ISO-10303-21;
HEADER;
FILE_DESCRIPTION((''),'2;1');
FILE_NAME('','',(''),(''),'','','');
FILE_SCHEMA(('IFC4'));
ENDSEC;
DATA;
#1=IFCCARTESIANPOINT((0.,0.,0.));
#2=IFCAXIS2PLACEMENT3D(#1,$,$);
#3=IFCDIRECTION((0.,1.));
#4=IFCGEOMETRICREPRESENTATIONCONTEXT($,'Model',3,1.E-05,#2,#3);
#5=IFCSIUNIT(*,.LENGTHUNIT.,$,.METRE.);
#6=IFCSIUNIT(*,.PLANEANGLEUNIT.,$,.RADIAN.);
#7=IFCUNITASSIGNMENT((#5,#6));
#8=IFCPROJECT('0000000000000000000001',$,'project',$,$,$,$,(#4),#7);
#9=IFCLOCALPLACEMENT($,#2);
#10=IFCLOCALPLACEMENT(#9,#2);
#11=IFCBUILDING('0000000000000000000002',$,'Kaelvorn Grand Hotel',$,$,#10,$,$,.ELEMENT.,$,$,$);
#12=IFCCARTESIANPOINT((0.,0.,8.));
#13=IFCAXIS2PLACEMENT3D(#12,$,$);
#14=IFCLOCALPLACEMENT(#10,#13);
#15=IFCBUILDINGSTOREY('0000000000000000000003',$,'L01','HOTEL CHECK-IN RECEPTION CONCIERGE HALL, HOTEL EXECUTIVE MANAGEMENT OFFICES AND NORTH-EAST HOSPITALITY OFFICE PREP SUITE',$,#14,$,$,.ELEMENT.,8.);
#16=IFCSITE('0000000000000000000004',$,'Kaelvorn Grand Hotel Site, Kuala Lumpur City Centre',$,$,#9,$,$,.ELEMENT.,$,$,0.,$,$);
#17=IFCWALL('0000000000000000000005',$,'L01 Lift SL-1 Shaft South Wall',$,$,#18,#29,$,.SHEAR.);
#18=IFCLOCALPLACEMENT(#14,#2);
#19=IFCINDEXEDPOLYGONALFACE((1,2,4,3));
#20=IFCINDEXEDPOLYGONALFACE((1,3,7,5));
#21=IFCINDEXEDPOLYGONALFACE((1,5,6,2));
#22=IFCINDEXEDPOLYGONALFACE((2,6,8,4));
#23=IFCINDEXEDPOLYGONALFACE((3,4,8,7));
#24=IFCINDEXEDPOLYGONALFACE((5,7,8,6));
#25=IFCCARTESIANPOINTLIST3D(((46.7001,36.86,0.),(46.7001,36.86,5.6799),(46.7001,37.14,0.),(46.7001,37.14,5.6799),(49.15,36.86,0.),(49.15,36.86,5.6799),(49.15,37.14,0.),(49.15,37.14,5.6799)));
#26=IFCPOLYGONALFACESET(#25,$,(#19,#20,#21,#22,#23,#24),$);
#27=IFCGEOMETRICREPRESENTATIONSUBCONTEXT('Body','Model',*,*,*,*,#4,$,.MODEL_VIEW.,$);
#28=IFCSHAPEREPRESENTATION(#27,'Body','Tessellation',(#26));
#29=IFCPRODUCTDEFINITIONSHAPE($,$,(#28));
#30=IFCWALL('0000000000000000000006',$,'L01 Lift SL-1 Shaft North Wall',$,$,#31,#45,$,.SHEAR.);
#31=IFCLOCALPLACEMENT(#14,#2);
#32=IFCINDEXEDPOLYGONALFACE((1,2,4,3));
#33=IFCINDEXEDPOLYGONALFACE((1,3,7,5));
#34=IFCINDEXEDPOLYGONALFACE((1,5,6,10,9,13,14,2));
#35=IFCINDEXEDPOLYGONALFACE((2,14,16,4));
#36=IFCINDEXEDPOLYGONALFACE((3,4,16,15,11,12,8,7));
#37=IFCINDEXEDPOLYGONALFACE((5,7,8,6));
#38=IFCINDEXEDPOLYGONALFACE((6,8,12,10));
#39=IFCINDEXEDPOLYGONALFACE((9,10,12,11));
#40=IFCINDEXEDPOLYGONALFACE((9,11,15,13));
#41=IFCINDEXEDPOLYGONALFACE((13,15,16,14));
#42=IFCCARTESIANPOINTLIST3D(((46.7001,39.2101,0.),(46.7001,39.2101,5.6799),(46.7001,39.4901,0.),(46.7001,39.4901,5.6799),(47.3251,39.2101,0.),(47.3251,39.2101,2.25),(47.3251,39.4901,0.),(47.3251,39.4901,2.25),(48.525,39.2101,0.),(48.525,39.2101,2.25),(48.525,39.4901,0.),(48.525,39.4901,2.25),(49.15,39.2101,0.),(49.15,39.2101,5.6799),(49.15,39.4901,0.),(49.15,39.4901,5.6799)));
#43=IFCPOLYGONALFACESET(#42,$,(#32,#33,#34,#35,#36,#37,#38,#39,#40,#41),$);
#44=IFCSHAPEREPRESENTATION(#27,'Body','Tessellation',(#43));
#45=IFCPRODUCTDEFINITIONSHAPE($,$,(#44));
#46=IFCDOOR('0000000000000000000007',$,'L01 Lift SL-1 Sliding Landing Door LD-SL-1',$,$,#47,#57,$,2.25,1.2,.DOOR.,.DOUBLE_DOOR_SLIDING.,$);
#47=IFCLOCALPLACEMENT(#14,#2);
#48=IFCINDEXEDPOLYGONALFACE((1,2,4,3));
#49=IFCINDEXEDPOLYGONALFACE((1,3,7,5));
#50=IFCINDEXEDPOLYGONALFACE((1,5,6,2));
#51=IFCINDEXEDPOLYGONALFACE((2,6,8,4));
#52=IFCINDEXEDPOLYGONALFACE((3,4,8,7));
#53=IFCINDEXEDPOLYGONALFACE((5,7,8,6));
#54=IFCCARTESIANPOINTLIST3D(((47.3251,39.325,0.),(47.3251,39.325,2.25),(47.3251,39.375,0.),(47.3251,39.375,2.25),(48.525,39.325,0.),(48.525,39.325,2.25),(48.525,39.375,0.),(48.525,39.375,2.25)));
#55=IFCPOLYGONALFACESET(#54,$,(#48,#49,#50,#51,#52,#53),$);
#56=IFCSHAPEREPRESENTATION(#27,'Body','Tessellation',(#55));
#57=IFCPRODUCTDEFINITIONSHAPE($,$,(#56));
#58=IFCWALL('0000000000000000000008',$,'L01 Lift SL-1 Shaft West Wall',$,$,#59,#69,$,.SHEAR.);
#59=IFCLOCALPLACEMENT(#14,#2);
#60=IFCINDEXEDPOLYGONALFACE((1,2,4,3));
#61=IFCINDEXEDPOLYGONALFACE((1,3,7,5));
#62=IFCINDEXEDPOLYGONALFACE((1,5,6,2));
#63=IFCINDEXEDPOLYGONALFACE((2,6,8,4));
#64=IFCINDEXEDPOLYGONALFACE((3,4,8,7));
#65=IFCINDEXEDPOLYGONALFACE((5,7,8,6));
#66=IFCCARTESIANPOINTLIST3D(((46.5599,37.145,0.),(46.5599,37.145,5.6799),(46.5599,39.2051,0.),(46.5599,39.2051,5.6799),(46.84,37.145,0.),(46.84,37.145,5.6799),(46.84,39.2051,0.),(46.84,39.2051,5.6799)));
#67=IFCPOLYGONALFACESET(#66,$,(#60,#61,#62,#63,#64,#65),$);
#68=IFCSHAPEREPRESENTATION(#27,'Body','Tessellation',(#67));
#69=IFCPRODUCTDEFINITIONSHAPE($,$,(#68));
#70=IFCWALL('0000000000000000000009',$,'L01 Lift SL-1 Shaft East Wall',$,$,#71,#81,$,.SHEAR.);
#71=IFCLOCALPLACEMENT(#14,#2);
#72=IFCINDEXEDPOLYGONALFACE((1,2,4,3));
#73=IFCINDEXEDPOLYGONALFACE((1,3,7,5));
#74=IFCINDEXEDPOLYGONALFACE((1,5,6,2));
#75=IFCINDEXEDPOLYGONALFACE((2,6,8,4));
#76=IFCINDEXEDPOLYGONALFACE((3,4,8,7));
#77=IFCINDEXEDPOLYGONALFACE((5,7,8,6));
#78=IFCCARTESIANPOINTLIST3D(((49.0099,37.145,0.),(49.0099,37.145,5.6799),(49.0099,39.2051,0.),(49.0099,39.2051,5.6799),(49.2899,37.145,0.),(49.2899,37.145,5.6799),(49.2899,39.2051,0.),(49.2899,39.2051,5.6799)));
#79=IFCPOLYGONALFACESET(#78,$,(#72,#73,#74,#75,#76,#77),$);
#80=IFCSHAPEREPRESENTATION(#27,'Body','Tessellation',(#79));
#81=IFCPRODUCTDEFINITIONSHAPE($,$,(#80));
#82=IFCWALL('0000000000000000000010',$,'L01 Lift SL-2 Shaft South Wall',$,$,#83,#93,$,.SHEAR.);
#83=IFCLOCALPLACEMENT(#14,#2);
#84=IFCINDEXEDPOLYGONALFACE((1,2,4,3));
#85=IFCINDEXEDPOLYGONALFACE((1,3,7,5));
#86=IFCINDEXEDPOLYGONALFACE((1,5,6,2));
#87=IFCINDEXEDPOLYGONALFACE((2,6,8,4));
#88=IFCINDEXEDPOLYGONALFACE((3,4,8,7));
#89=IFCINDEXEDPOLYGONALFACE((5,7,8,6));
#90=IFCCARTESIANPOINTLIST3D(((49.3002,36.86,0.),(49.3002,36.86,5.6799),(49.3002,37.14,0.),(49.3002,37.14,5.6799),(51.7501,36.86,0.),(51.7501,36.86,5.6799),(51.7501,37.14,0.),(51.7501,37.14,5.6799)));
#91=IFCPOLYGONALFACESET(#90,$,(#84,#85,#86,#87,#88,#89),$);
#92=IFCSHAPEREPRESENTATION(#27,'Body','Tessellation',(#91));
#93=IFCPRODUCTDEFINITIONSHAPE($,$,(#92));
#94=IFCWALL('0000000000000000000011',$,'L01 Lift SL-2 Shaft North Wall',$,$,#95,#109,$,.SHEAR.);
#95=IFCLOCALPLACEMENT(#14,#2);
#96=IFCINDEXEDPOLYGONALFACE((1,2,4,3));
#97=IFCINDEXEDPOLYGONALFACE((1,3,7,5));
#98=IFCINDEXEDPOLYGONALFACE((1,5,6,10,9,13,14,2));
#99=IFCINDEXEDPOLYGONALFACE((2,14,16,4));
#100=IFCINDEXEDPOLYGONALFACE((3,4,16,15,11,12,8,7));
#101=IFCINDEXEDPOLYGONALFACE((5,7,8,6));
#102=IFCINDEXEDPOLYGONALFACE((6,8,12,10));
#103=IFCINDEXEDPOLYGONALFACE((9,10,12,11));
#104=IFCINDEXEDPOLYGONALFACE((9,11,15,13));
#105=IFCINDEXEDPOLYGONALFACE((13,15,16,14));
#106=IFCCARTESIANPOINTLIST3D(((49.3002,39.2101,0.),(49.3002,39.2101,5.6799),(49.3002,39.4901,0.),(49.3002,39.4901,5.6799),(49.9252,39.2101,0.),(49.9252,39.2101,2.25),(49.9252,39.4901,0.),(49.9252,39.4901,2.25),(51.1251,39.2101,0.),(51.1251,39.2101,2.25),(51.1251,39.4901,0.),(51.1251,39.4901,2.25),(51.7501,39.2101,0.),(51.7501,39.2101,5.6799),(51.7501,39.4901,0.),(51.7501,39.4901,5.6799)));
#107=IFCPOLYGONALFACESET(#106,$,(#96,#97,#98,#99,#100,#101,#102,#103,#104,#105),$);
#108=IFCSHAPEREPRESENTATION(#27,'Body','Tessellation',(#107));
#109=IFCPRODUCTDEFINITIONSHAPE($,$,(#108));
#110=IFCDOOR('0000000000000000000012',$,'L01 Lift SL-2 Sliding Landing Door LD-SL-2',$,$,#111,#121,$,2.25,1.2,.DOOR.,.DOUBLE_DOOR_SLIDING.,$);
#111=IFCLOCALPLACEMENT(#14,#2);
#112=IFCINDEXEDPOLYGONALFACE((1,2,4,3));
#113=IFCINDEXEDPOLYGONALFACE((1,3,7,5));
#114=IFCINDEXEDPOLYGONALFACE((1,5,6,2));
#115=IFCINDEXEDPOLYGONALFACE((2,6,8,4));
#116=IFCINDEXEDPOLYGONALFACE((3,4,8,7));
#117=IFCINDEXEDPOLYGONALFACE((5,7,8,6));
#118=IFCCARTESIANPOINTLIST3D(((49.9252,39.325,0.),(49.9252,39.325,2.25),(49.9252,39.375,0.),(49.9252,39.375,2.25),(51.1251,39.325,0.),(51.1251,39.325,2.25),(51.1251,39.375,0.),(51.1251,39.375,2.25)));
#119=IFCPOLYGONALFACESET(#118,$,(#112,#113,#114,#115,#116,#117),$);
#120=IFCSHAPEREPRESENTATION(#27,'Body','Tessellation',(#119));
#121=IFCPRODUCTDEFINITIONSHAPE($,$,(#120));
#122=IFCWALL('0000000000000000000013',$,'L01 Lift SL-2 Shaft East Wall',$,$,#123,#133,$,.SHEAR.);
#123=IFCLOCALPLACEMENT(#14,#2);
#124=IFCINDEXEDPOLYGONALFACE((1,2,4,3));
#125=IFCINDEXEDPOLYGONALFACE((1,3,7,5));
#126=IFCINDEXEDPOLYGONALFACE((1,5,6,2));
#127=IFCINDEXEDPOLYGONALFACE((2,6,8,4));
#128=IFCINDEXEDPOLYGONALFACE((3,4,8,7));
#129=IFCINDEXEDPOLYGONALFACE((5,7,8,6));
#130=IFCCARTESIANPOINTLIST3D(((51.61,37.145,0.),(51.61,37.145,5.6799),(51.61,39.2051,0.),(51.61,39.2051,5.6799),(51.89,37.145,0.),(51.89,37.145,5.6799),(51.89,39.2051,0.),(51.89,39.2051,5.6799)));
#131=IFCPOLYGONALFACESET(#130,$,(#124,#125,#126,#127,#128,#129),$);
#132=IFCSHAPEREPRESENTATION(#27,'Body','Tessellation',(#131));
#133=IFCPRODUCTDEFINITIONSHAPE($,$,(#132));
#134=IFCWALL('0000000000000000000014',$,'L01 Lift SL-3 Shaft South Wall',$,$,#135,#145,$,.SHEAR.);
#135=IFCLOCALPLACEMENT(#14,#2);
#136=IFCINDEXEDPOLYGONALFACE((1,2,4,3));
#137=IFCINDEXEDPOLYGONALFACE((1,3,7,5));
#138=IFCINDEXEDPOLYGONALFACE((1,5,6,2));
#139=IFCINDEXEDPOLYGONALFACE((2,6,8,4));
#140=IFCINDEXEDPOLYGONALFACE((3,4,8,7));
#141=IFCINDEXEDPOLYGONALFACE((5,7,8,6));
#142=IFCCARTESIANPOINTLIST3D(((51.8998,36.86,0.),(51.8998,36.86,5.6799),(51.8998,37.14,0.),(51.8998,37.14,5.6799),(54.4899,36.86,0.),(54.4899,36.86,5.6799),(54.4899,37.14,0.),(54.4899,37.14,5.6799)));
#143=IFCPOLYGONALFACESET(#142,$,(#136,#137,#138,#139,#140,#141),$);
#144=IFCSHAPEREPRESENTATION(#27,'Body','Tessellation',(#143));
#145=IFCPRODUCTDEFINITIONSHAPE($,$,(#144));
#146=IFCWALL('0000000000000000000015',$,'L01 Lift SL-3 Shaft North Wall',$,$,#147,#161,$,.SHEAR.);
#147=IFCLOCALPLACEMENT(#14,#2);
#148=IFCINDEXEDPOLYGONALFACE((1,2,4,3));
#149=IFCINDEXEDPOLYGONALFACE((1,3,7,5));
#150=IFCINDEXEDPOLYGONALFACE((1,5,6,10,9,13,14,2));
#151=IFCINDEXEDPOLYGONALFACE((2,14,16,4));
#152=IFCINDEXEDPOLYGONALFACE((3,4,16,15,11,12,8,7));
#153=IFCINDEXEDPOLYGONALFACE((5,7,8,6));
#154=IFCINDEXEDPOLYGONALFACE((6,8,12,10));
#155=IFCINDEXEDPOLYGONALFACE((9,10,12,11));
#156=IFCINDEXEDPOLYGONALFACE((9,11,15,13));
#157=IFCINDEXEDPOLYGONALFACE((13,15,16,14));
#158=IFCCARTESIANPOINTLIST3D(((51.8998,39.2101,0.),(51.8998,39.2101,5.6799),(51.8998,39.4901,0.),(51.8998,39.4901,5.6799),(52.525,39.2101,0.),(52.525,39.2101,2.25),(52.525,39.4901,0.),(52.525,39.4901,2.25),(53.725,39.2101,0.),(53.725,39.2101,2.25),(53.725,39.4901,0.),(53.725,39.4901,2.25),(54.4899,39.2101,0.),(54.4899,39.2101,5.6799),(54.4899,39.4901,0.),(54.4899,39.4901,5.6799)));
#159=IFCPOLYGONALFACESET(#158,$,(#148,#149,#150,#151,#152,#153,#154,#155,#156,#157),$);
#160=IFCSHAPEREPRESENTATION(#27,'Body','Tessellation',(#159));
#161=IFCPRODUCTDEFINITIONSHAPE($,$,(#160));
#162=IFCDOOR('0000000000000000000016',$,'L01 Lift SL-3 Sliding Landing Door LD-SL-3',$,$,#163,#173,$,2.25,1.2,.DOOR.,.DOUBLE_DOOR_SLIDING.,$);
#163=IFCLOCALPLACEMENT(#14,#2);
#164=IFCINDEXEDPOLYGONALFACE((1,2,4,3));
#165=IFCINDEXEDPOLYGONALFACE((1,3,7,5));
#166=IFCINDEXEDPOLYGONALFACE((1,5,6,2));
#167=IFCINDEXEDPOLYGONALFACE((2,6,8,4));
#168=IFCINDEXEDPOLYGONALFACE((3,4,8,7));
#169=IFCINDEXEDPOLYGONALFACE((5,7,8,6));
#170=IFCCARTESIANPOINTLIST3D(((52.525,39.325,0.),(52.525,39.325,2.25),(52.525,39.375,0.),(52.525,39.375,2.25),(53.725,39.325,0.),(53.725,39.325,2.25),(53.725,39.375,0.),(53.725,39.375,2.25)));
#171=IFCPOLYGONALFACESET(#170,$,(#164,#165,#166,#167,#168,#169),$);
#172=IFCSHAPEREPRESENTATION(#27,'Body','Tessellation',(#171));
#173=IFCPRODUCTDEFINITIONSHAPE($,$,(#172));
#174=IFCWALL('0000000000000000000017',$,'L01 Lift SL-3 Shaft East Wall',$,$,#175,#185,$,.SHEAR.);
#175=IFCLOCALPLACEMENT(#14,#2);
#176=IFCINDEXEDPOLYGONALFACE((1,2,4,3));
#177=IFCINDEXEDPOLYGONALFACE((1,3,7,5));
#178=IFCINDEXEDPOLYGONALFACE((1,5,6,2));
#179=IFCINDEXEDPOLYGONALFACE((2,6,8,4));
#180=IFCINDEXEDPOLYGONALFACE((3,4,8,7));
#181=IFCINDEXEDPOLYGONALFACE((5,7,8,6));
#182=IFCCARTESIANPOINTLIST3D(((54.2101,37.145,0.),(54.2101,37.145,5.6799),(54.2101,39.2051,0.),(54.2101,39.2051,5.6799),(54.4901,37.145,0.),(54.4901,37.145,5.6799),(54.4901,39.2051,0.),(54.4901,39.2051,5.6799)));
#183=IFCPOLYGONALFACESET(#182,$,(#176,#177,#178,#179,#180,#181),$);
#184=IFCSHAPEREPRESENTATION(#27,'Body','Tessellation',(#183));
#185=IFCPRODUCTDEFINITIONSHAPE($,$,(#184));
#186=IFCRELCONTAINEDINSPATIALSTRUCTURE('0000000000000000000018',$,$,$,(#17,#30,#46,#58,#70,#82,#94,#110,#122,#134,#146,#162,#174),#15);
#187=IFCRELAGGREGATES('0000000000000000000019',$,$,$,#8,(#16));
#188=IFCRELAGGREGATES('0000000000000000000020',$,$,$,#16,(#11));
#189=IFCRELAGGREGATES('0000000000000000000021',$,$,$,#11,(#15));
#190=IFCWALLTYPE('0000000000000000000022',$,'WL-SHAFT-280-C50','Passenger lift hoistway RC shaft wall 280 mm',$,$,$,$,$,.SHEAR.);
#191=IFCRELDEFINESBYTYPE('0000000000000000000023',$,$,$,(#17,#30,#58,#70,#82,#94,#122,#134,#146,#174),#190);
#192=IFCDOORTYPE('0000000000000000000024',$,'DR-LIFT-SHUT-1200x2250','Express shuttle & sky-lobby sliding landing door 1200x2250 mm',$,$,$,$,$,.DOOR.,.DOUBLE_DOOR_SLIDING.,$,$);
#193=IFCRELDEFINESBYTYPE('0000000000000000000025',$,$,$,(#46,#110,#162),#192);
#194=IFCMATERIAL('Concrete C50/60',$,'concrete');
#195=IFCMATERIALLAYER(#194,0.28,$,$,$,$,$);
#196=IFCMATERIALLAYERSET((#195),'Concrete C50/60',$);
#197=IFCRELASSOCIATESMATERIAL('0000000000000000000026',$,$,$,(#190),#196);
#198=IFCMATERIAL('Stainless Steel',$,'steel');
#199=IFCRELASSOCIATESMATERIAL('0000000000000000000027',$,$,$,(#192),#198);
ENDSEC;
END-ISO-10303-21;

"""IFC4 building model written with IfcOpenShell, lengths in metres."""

from ifc_helpers import new_model, si_unit, direction, frame, frame_2d, origin, place, context, subcontext, project, spatial, rectangle, extrude, material, layer, layer_set, type_object, element, fill, save


model = new_model("IFC4")

# Units and contexts
model_context = context("Model", 3, precision=1e-05, world=origin(), true_north=direction((0.0, 1.0)))
body_context = subcontext(model_context, "Body", "Model", "MODEL_VIEW")
ifc_project = project(units=[si_unit("LENGTHUNIT", "METRE"), si_unit("PLANEANGLEUNIT", "RADIAN")], contexts=[model_context])

# Site, building, storey
site_placement = place(None, origin())
site = spatial("IfcSite", under=ifc_project, at=site_placement, Name="Kaelvorn Grand Hotel Site, Kuala Lumpur City Centre", CompositionType="ELEMENT", RefElevation=0.0)
building_placement = place(site_placement, origin())
building = spatial("IfcBuilding", under=site, at=building_placement, Name="Kaelvorn Grand Hotel", CompositionType="ELEMENT")
storey_placement = place(building_placement, frame((0.0, 0.0, 8.0)))
storey = spatial("IfcBuildingStorey", under=building, at=storey_placement, Name="L01", Description="HOTEL CHECK-IN RECEPTION CONCIERGE HALL, HOTEL EXECUTIVE MANAGEMENT OFFICES AND NORTH-EAST HOSPITALITY OFFICE PREP SUITE", CompositionType="ELEMENT", Elevation=8.0)

# Wall
ifc_material_1 = material(Name="Concrete C50/60", Category="concrete")
ifc_layer_1 = layer(ifc_material_1, 0.28)
ifc_layer_set_1 = layer_set([ifc_layer_1], Name="Concrete C50/60")
wall_type_1 = type_object("IfcWallType", Name="WL-SHAFT-280-C50", Description="Passenger lift hoistway RC shaft wall 280 mm", PredefinedType="SHEAR", material=ifc_layer_set_1)
wall_1_placement = place(storey_placement, frame((46.7, 37.0, 0.0), z_axis=(0.0, 0.0, 1.0), x_axis=(1.0, 0.0, 0.0)))
element("IfcWall", 1, at=wall_1_placement, inside=storey, type_object=wall_type_1, Name="L01 Lift SL-1 Shaft South Wall", PredefinedType="SHEAR", context=body_context, shape_type="SweptSolid", body=[
    extrude(rectangle(XDim=2.45, YDim=0.28, at=frame_2d((1.2251, 0.0))), origin(), (0.0, 0.0, 1.0), 5.6799),
])

# Wall, opening, door
wall_2_placement = place(storey_placement, frame((46.7, 39.3501, 0.0), z_axis=(0.0, 0.0, 1.0), x_axis=(1.0, 0.0, 0.0)))
wall_2 = element("IfcWall", 2, at=wall_2_placement, inside=storey, type_object=wall_type_1, Name="L01 Lift SL-1 Shaft North Wall", PredefinedType="SHEAR", context=body_context, shape_type="SweptSolid", body=[
    extrude(rectangle(XDim=2.45, YDim=0.28, at=frame_2d((1.2251, 0.0))), origin(), (0.0, 0.0, 1.0), 5.6799),
])
opening_1_placement = place(wall_2_placement, frame((0.625, 0.0, 0.0)))
opening_1 = element("IfcOpeningElement", 3, at=opening_1_placement, cuts=wall_2, PredefinedType="OPENING", context=body_context, shape_type="SweptSolid", body=[
    extrude(rectangle(XDim=1.2, YDim=2.25, at=frame_2d((0.6001, 1.125))), frame((0.0, 0.1499, 0.0), z_axis=(0.0, -1.0, 0.0), x_axis=(1.0, 0.0, 0.0)), (0.0, 0.0, 1.0), 0.3),
])
ifc_material_2 = material(Name="Stainless Steel", Category="steel")
door_type_1 = type_object("IfcDoorType", Name="DR-LIFT-SHUT-1200x2250", Description="Express shuttle & sky-lobby sliding landing door 1200x2250 mm", OperationType="DOUBLE_DOOR_SLIDING", PredefinedType="DOOR", material=ifc_material_2)
door_1_placement = place(opening_1_placement, origin())
door_1 = element("IfcDoor", 4, at=door_1_placement, inside=storey, type_object=door_type_1, Name="L01 Lift SL-1 Sliding Landing Door LD-SL-1", OperationType="DOUBLE_DOOR_SLIDING", OverallHeight=2.25, OverallWidth=1.2, PredefinedType="DOOR", context=body_context, shape_type="SweptSolid", body=[
    extrude(rectangle(XDim=1.2, YDim=2.25, at=frame_2d((0.6001, 1.125))), frame((0.0, 0.0249, 0.0), z_axis=(0.0, -1.0, 0.0), x_axis=(1.0, 0.0, 0.0)), (0.0, 0.0, 1.0), 0.05),
])
fill(opening_1, door_1)

# Walls
for number, where, z_axis, x_axis, name in (
    (5, (46.7, 37.145, 0.0), (0.0, 0.0, 1.0), (0.0, 1.0, 0.0), "L01 Lift SL-1 Shaft West Wall"),
    (6, (49.1499, 37.145, 0.0), (0.0, 0.0, 1.0), (0.0, 1.0, 0.0), "L01 Lift SL-1 Shaft East Wall"),
):
    element("IfcWall", number, at=place(storey_placement, frame(where, z_axis=z_axis, x_axis=x_axis)), inside=storey, type_object=wall_type_1, Name=name, PredefinedType="SHEAR", context=body_context, shape_type="SweptSolid", body=[
        extrude(rectangle(XDim=2.0601, YDim=0.28, at=frame_2d((1.03, 0.0))), origin(), (0.0, 0.0, 1.0), 5.6799),
    ])
wall_3_placement = place(storey_placement, frame((49.3, 37.0, 0.0), z_axis=(0.0, 0.0, 1.0), x_axis=(1.0, 0.0, 0.0)))
element("IfcWall", 7, at=wall_3_placement, inside=storey, type_object=wall_type_1, Name="L01 Lift SL-2 Shaft South Wall", PredefinedType="SHEAR", context=body_context, shape_type="SweptSolid", body=[
    extrude(rectangle(XDim=2.45, YDim=0.28, at=frame_2d((1.2251, 0.0))), origin(), (0.0, 0.0, 1.0), 5.6799),
])

# Wall, opening, door
wall_4_placement = place(storey_placement, frame((49.3, 39.3501, 0.0), z_axis=(0.0, 0.0, 1.0), x_axis=(1.0, 0.0, 0.0)))
wall_4 = element("IfcWall", 8, at=wall_4_placement, inside=storey, type_object=wall_type_1, Name="L01 Lift SL-2 Shaft North Wall", PredefinedType="SHEAR", context=body_context, shape_type="SweptSolid", body=[
    extrude(rectangle(XDim=2.45, YDim=0.28, at=frame_2d((1.2251, 0.0))), origin(), (0.0, 0.0, 1.0), 5.6799),
])
opening_2_placement = place(wall_4_placement, frame((0.625, 0.0, 0.0)))
opening_2 = element("IfcOpeningElement", 9, at=opening_2_placement, cuts=wall_4, PredefinedType="OPENING", context=body_context, shape_type="SweptSolid", body=[
    extrude(rectangle(XDim=1.2, YDim=2.25, at=frame_2d((0.6001, 1.125))), frame((0.0, 0.1499, 0.0), z_axis=(0.0, -1.0, 0.0), x_axis=(1.0, 0.0, 0.0)), (0.0, 0.0, 1.0), 0.3),
])
door_2_placement = place(opening_2_placement, origin())
door_2 = element("IfcDoor", 10, at=door_2_placement, inside=storey, type_object=door_type_1, Name="L01 Lift SL-2 Sliding Landing Door LD-SL-2", OperationType="DOUBLE_DOOR_SLIDING", OverallHeight=2.25, OverallWidth=1.2, PredefinedType="DOOR", context=body_context, shape_type="SweptSolid", body=[
    extrude(rectangle(XDim=1.2, YDim=2.25, at=frame_2d((0.6001, 1.125))), frame((0.0, 0.0249, 0.0), z_axis=(0.0, -1.0, 0.0), x_axis=(1.0, 0.0, 0.0)), (0.0, 0.0, 1.0), 0.05),
])
fill(opening_2, door_2)

# Walls
wall_5_placement = place(storey_placement, frame((51.75, 37.145, 0.0), z_axis=(0.0, 0.0, 1.0), x_axis=(0.0, 1.0, 0.0)))
element("IfcWall", 11, at=wall_5_placement, inside=storey, type_object=wall_type_1, Name="L01 Lift SL-2 Shaft East Wall", PredefinedType="SHEAR", context=body_context, shape_type="SweptSolid", body=[
    extrude(rectangle(XDim=2.0601, YDim=0.28, at=frame_2d((1.03, 0.0))), origin(), (0.0, 0.0, 1.0), 5.6799),
])
wall_6_placement = place(storey_placement, frame((51.8999, 37.0, 0.0), z_axis=(0.0, 0.0, 1.0), x_axis=(1.0, 0.0, 0.0)))
element("IfcWall", 12, at=wall_6_placement, inside=storey, type_object=wall_type_1, Name="L01 Lift SL-3 Shaft South Wall", PredefinedType="SHEAR", context=body_context, shape_type="SweptSolid", body=[
    extrude(rectangle(XDim=2.5901, YDim=0.28, at=frame_2d((1.2949, 0.0))), origin(), (0.0, 0.0, 1.0), 5.6799),
])

# Wall, opening, door
wall_7_placement = place(storey_placement, frame((51.8999, 39.3501, 0.0), z_axis=(0.0, 0.0, 1.0), x_axis=(1.0, 0.0, 0.0)))
wall_7 = element("IfcWall", 13, at=wall_7_placement, inside=storey, type_object=wall_type_1, Name="L01 Lift SL-3 Shaft North Wall", PredefinedType="SHEAR", context=body_context, shape_type="SweptSolid", body=[
    extrude(rectangle(XDim=2.5901, YDim=0.28, at=frame_2d((1.2949, 0.0))), origin(), (0.0, 0.0, 1.0), 5.6799),
])
opening_3_placement = place(wall_7_placement, frame((0.625, 0.0, 0.0)))
opening_3 = element("IfcOpeningElement", 14, at=opening_3_placement, cuts=wall_7, PredefinedType="OPENING", context=body_context, shape_type="SweptSolid", body=[
    extrude(rectangle(XDim=1.2, YDim=2.25, at=frame_2d((0.6001, 1.125))), frame((0.0, 0.1499, 0.0), z_axis=(0.0, -1.0, 0.0), x_axis=(1.0, 0.0, 0.0)), (0.0, 0.0, 1.0), 0.3),
])
door_3_placement = place(opening_3_placement, origin())
door_3 = element("IfcDoor", 15, at=door_3_placement, inside=storey, type_object=door_type_1, Name="L01 Lift SL-3 Sliding Landing Door LD-SL-3", OperationType="DOUBLE_DOOR_SLIDING", OverallHeight=2.25, OverallWidth=1.2, PredefinedType="DOOR", context=body_context, shape_type="SweptSolid", body=[
    extrude(rectangle(XDim=1.2, YDim=2.25, at=frame_2d((0.6001, 1.125))), frame((0.0, 0.0249, 0.0), z_axis=(0.0, -1.0, 0.0), x_axis=(1.0, 0.0, 0.0)), (0.0, 0.0, 1.0), 0.05),
])
fill(opening_3, door_3)

# Wall
wall_8_placement = place(storey_placement, frame((54.3501, 37.145, 0.0), z_axis=(0.0, 0.0, 1.0), x_axis=(0.0, 1.0, 0.0)))
element("IfcWall", 16, at=wall_8_placement, inside=storey, type_object=wall_type_1, Name="L01 Lift SL-3 Shaft East Wall", PredefinedType="SHEAR", context=body_context, shape_type="SweptSolid", body=[
    extrude(rectangle(XDim=2.0601, YDim=0.28, at=frame_2d((1.03, 0.0))), origin(), (0.0, 0.0, 1.0), 5.6799),
])

save(model, "model.ifc")
